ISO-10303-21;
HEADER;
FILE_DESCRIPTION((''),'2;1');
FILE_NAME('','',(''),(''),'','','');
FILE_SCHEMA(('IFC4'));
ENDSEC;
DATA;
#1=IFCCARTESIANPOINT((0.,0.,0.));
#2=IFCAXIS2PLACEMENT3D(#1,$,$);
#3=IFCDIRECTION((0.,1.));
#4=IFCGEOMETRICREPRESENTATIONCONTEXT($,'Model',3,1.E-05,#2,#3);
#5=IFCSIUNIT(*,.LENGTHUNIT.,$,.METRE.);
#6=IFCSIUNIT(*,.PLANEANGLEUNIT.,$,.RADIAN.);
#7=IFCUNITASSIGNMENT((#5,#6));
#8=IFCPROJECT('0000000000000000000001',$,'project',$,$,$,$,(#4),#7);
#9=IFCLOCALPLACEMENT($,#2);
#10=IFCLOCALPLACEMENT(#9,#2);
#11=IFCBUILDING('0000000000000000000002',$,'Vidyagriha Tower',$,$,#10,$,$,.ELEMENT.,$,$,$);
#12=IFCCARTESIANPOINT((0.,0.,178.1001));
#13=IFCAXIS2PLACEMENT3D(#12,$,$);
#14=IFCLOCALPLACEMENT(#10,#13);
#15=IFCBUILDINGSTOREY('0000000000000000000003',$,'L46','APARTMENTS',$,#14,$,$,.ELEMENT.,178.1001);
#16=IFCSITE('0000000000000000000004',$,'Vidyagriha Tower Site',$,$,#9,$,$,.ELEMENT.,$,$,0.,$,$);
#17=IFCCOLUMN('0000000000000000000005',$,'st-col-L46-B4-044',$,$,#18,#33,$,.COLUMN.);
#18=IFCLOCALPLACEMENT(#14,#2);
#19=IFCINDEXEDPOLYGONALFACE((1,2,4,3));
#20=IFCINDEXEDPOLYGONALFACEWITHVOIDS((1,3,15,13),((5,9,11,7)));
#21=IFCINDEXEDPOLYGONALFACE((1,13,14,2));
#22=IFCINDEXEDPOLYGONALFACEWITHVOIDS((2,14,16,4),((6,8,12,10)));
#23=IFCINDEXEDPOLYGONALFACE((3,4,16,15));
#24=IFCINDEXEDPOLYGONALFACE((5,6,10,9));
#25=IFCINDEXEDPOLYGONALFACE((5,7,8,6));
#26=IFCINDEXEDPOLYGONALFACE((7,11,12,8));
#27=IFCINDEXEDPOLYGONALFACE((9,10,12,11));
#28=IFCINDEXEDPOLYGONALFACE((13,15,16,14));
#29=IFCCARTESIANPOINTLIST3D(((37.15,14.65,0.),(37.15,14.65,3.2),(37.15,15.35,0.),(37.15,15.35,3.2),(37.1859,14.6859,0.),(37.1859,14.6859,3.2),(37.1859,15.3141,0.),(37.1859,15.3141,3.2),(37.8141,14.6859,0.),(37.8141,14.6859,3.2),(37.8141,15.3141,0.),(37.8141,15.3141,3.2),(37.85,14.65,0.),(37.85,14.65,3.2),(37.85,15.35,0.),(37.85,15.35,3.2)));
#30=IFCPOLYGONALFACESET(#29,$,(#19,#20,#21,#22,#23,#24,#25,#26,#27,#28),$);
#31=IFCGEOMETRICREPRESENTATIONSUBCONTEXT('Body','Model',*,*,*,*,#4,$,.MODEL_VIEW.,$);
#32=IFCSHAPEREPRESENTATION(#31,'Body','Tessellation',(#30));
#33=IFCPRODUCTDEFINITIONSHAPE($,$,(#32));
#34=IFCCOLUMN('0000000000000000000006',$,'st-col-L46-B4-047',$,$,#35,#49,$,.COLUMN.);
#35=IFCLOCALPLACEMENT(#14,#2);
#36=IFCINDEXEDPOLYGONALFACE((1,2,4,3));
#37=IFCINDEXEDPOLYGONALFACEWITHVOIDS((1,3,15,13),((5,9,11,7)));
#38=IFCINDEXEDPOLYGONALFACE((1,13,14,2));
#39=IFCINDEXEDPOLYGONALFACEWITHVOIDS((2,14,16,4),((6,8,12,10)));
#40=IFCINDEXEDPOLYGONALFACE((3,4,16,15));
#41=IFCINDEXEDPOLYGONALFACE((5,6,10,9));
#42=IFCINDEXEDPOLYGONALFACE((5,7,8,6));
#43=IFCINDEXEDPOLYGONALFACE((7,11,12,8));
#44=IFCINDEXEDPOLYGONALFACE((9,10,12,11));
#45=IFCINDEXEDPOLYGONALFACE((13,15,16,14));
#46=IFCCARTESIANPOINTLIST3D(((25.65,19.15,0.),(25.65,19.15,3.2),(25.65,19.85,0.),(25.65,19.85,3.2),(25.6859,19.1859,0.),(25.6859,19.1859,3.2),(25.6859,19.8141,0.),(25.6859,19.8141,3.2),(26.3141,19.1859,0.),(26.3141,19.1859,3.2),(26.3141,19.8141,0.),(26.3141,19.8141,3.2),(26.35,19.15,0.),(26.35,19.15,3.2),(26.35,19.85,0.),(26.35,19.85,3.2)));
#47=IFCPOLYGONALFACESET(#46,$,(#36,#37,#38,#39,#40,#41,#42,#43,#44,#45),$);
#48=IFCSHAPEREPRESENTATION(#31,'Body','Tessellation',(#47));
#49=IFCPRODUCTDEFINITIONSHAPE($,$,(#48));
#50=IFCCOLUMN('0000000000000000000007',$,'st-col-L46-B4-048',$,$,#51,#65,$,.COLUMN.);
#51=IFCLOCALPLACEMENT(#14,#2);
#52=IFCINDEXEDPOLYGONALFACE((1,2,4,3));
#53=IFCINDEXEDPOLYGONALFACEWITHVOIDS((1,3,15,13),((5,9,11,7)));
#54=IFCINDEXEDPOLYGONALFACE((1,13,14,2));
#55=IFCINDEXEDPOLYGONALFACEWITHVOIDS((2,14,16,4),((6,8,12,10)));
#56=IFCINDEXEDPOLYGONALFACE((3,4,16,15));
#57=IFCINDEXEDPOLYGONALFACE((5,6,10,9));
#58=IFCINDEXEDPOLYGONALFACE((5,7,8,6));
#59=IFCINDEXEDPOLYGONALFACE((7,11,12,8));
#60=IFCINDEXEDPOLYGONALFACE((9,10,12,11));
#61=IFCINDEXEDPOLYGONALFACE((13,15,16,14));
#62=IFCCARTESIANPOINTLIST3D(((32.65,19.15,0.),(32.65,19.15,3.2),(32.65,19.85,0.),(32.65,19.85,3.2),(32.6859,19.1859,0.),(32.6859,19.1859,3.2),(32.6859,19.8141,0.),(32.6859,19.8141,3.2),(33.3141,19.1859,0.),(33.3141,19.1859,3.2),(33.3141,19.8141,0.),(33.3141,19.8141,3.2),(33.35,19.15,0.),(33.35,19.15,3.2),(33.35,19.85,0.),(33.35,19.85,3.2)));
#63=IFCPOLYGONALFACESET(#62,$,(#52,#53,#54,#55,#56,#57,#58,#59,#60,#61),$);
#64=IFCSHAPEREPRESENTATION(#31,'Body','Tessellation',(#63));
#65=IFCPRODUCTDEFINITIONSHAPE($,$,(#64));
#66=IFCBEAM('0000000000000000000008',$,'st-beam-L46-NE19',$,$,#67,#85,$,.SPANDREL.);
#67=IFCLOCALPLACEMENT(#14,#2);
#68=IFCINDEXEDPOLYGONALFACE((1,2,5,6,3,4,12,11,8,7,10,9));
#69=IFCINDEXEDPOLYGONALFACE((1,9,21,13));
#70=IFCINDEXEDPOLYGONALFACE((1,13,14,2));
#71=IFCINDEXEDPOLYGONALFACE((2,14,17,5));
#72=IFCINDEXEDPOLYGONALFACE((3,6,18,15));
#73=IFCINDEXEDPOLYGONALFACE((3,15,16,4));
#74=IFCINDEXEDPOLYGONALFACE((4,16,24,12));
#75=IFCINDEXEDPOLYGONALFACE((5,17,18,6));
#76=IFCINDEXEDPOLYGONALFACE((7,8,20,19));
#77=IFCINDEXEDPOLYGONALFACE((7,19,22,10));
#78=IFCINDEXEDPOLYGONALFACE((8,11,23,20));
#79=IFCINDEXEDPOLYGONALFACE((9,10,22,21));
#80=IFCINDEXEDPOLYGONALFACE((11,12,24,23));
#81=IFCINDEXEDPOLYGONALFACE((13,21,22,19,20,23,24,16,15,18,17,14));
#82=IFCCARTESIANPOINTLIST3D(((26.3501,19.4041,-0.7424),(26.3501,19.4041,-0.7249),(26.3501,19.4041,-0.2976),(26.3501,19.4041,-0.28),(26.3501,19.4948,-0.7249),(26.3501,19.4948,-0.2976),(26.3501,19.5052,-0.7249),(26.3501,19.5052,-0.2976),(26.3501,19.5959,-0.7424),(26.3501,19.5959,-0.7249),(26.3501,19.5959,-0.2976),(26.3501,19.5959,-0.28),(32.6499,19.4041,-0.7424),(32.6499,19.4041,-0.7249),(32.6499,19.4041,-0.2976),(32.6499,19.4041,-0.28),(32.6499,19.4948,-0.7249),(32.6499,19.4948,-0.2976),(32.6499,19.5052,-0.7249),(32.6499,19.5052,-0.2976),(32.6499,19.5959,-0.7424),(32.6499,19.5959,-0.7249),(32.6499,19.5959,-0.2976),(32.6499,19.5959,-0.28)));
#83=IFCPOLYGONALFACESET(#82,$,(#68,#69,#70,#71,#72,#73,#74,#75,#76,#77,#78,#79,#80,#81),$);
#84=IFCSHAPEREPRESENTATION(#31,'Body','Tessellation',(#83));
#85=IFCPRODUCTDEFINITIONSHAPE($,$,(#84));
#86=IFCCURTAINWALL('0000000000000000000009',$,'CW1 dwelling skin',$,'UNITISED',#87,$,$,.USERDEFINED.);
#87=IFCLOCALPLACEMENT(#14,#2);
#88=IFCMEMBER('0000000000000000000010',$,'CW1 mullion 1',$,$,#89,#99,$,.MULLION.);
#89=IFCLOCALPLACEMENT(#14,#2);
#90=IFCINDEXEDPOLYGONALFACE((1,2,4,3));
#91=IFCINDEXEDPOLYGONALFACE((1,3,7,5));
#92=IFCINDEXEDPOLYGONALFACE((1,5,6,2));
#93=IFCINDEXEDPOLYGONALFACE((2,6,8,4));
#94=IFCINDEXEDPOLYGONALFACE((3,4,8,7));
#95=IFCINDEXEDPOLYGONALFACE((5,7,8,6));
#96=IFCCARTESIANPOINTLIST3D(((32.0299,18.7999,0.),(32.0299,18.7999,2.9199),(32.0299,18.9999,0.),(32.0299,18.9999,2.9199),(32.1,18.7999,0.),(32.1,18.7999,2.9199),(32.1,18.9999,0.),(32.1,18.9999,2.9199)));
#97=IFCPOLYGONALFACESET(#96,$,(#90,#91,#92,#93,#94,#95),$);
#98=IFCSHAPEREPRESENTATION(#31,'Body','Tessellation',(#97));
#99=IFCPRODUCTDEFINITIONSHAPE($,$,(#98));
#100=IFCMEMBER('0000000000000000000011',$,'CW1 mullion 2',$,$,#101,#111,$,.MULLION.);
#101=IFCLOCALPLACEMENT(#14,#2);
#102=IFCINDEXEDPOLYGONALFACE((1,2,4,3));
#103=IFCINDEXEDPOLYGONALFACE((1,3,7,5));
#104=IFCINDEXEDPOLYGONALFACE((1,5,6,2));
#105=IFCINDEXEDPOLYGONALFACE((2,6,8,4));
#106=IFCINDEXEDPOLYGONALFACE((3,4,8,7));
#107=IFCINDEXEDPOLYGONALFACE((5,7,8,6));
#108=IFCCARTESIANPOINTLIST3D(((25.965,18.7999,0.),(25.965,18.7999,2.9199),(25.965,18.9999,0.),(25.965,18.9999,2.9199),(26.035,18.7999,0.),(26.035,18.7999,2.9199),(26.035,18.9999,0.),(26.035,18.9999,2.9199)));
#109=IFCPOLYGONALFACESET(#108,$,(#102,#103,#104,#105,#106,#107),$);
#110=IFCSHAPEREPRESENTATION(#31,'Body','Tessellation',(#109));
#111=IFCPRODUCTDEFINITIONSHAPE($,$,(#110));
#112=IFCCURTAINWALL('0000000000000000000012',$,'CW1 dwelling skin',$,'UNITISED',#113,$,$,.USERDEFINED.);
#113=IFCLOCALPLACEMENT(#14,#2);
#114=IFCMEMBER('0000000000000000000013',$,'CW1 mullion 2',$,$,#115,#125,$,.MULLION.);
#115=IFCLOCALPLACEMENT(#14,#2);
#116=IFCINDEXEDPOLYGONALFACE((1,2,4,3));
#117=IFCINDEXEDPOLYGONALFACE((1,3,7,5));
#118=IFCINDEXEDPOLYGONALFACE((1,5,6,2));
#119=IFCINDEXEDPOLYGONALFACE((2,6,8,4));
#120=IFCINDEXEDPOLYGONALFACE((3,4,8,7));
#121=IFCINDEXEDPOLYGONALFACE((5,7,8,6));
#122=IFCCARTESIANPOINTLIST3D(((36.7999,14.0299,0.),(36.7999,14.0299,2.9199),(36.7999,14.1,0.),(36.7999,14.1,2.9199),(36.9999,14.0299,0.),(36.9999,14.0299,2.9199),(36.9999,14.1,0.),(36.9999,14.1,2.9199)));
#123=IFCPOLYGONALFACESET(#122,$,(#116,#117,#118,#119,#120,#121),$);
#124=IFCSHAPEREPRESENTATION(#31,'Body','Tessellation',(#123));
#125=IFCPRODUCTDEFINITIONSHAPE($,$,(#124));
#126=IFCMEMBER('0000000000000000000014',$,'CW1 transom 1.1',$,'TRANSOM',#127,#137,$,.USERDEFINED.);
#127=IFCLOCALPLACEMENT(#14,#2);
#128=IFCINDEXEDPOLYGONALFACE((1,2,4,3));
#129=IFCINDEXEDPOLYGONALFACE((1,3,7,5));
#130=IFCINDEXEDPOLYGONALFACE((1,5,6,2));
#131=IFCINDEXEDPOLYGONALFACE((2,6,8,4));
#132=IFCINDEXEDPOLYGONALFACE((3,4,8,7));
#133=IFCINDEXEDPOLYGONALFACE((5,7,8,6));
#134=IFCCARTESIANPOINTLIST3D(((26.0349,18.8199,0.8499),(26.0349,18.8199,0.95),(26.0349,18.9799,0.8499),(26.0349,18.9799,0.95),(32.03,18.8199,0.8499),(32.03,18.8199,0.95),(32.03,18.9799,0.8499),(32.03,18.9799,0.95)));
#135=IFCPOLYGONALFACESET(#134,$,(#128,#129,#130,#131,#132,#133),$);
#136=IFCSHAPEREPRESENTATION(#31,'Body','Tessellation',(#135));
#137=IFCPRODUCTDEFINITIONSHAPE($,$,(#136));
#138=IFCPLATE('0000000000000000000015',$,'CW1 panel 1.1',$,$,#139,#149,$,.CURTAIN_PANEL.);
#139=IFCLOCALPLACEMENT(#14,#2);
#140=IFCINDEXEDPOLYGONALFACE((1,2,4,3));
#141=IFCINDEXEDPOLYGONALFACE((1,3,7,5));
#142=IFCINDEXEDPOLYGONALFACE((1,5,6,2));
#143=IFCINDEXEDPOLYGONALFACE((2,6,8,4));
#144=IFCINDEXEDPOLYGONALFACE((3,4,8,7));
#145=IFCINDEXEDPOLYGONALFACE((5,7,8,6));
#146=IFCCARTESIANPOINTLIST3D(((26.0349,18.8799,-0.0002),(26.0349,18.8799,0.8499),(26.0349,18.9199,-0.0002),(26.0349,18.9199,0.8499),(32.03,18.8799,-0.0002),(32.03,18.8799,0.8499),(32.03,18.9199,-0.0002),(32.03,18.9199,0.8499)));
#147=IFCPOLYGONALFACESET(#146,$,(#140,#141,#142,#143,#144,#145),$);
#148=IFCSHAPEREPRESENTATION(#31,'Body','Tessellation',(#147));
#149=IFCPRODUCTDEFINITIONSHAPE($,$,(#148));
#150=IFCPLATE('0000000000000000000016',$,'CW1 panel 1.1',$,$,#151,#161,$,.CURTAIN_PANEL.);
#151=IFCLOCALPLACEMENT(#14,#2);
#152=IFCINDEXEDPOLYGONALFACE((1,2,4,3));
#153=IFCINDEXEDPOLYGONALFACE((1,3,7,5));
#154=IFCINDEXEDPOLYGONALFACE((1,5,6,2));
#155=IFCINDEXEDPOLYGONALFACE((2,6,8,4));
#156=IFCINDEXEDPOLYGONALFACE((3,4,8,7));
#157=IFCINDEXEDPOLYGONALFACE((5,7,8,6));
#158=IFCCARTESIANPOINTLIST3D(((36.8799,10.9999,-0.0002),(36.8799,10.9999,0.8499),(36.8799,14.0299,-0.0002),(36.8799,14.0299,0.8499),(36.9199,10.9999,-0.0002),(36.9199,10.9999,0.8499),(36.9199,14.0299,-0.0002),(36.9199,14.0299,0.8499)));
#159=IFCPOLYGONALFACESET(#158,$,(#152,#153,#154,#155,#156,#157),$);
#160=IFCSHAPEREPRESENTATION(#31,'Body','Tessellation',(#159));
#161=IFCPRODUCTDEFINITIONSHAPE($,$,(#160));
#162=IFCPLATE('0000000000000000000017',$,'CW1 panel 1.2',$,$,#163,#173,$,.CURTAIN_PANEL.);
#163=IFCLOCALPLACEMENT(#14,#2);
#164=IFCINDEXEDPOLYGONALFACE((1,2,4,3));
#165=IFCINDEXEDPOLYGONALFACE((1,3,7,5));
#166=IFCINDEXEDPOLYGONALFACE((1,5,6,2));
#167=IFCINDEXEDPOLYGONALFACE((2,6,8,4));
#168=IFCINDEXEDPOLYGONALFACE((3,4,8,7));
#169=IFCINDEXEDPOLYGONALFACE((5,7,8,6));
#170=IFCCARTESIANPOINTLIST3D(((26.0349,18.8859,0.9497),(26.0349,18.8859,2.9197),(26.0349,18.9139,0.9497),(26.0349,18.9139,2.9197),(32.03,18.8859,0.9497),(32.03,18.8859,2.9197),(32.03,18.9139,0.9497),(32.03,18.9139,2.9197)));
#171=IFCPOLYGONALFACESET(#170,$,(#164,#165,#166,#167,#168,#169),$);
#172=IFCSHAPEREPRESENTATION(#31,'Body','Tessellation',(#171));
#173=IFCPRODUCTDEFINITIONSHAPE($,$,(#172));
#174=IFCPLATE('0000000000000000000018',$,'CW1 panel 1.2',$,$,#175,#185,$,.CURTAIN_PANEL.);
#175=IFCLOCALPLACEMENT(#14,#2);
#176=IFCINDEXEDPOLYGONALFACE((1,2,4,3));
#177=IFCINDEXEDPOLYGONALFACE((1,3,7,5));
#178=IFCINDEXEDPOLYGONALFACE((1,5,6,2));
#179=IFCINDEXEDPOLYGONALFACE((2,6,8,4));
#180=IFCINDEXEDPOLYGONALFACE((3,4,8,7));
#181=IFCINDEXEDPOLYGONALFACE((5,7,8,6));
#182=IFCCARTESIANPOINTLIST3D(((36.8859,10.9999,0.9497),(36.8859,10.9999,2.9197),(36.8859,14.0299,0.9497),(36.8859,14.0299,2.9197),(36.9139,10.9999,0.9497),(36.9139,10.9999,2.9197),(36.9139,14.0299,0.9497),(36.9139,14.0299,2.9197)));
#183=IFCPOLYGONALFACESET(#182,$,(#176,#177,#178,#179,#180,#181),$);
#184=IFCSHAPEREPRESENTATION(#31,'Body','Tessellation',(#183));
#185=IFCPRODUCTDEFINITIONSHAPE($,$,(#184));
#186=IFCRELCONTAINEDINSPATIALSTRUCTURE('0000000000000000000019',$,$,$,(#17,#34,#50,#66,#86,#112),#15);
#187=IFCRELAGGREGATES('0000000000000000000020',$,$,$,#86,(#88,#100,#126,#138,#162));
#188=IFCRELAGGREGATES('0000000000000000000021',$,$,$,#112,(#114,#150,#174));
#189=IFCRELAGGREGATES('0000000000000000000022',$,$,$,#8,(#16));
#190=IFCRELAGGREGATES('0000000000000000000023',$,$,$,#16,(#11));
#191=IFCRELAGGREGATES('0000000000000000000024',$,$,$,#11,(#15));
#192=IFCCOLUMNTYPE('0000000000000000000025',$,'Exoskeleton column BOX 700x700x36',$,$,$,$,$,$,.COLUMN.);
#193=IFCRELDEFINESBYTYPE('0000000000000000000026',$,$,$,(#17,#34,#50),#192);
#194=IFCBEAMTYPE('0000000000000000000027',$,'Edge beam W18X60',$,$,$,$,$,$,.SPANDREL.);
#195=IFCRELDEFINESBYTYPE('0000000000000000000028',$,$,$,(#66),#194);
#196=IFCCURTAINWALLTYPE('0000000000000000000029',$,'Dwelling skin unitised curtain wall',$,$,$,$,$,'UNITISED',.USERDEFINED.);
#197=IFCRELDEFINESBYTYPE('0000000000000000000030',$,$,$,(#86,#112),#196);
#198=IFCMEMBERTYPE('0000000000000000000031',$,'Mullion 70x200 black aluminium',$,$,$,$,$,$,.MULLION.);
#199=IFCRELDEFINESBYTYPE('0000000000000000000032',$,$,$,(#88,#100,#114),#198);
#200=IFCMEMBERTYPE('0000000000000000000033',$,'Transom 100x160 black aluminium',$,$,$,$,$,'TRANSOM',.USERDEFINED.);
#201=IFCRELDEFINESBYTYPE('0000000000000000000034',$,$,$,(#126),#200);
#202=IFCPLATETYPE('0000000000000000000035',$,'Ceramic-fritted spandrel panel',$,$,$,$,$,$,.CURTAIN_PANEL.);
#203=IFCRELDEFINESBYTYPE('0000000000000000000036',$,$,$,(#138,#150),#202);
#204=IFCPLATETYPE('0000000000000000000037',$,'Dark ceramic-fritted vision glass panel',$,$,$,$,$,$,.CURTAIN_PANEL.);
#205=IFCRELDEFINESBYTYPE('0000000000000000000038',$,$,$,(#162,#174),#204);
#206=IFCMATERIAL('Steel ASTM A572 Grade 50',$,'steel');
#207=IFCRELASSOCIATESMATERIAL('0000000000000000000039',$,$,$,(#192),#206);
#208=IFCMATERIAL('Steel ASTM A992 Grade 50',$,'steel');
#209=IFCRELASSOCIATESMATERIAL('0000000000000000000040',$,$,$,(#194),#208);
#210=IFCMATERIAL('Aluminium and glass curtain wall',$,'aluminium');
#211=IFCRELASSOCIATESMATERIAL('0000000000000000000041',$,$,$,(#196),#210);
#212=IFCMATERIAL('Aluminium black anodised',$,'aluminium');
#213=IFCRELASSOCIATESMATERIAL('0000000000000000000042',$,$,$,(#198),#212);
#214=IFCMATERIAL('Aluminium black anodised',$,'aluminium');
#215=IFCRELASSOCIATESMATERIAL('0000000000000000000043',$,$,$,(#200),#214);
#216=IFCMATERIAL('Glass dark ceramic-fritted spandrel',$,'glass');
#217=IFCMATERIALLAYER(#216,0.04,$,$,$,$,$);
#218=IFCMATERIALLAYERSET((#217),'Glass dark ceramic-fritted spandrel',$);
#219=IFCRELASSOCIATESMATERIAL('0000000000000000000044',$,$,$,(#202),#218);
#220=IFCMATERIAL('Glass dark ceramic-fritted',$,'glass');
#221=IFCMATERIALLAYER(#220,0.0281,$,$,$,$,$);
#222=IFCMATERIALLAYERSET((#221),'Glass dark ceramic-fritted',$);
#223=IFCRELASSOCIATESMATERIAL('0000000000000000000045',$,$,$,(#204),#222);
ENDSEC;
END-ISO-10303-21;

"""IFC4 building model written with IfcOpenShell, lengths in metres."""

from ifc_helpers import new_model, si_unit, direction, frame, origin, origin_2d, place, context, subcontext, project, spatial, rectangle, hollow_rectangle, i_section, extrude, material, layer, layer_set, material_profile, profile_set, type_object, element, aggregate, save


model = new_model("IFC4")

# Units and contexts
model_context = context("Model", 3, precision=1e-05, world=origin(), true_north=direction((0.0, 1.0)))
body_context = subcontext(model_context, "Body", "Model", "MODEL_VIEW")
ifc_project = project(units=[si_unit("LENGTHUNIT", "METRE"), si_unit("PLANEANGLEUNIT", "RADIAN")], contexts=[model_context])

# Site, building, storey
site_placement = place(None, origin())
site = spatial("IfcSite", under=ifc_project, at=site_placement, Name="Vidyagriha Tower Site", CompositionType="ELEMENT", RefElevation=0.0)
building_placement = place(site_placement, origin())
building = spatial("IfcBuilding", under=site, at=building_placement, Name="Vidyagriha Tower", CompositionType="ELEMENT")
storey_placement = place(building_placement, frame((0.0, 0.0, 178.1001)))
storey = spatial("IfcBuildingStorey", under=building, at=storey_placement, Name="L46", Description="APARTMENTS", CompositionType="ELEMENT", Elevation=178.1001)

# Columns
ifc_material_1 = material(Name="Steel ASTM A572 Grade 50", Category="steel")
ifc_material_profile_1 = material_profile(ifc_material_1, hollow_rectangle(XDim=0.7, YDim=0.7, WallThickness=0.0359, at=origin_2d()), Name="BOX 700x700x36")
ifc_profile_set_1 = profile_set([ifc_material_profile_1], Name="Steel ASTM A572 Grade 50")
column_type = type_object("IfcColumnType", Name="Exoskeleton column BOX 700x700x36", PredefinedType="COLUMN", material=ifc_profile_set_1)
for number, where, name in (
    (1, (37.5, 15.0, 0.0), "st-col-L46-B4-044"),
    (2, (26.0, 19.5, 0.0), "st-col-L46-B4-047"),
    (3, (33.0, 19.5, 0.0), "st-col-L46-B4-048"),
):
    element("IfcColumn", number, at=place(storey_placement, frame(where)), inside=storey, type_object=column_type, Name=name, PredefinedType="COLUMN", context=body_context, shape_type="SweptSolid", body=[
        extrude(hollow_rectangle(XDim=0.7, YDim=0.7, WallThickness=0.0359, at=origin_2d()), origin(), (0.0, 0.0, 1.0), 3.2),
    ])

# Beam
ifc_material_2 = material(Name="Steel ASTM A992 Grade 50", Category="steel")
ifc_material_profile_2 = material_profile(ifc_material_2, i_section(OverallWidth=0.1919, OverallDepth=0.4624, WebThickness=0.0105, FlangeThickness=0.0176, at=origin_2d()), Name="W18X60")
ifc_profile_set_2 = profile_set([ifc_material_profile_2], Name="Steel ASTM A992 Grade 50")
beam_type = type_object("IfcBeamType", Name="Edge beam W18X60", PredefinedType="SPANDREL", material=ifc_profile_set_2)
beam_placement = place(storey_placement, frame((26.3501, 19.5, -0.5112), z_axis=(1.0, 0.0, 0.0), x_axis=(0.0, 1.0, 0.0)))
element("IfcBeam", 4, at=beam_placement, inside=storey, type_object=beam_type, Name="st-beam-L46-NE19", PredefinedType="SPANDREL", context=body_context, shape_type="SweptSolid", body=[
    extrude(i_section(OverallWidth=0.1919, OverallDepth=0.4624, WebThickness=0.0105, FlangeThickness=0.0176, at=origin_2d()), origin(), (0.0, 0.0, 1.0), 6.2998),
])

# Curtain wall, members
ifc_material_3 = material(Name="Aluminium and glass curtain wall", Category="aluminium")
curtain_wall_type = type_object("IfcCurtainWallType", Name="Dwelling skin unitised curtain wall", ElementType="UNITISED", PredefinedType="USERDEFINED", material=ifc_material_3)
curtain_wall_1_placement = place(storey_placement, origin())
curtain_wall_1 = element("IfcCurtainWall", 5, at=curtain_wall_1_placement, inside=storey, type_object=curtain_wall_type, Name="CW1 dwelling skin", ObjectType="UNITISED", PredefinedType="USERDEFINED")
ifc_material_4 = material(Name="Aluminium black anodised", Category="aluminium")
ifc_material_profile_3 = material_profile(ifc_material_4, rectangle(XDim=0.2, YDim=0.0701, at=origin_2d()), Name="Mullion 70x200 black aluminium")
ifc_profile_set_3 = profile_set([ifc_material_profile_3], Name="Aluminium black anodised")
member_type_1 = type_object("IfcMemberType", Name="Mullion 70x200 black aluminium", PredefinedType="MULLION", material=ifc_profile_set_3)
member_1_placement = place(storey_placement, frame((32.0649, 18.8999, 0.0), z_axis=(0.0, 0.0, 1.0), x_axis=(0.0, -1.0, 0.0)))
member_1 = element("IfcMember", 6, at=member_1_placement, type_object=member_type_1, Name="CW1 mullion 1", PredefinedType="MULLION", context=body_context, shape_type="SweptSolid", body=[
    extrude(rectangle(XDim=0.2, YDim=0.0701, at=origin_2d()), origin(), (0.0, 0.0, 1.0), 2.9199),
])
member_2_placement = place(storey_placement, frame((26.0, 18.8999, 0.0), z_axis=(0.0, 0.0, 1.0), x_axis=(0.0, -1.0, 0.0)))
member_2 = element("IfcMember", 7, at=member_2_placement, type_object=member_type_1, Name="CW1 mullion 2", PredefinedType="MULLION", context=body_context, shape_type="SweptSolid", body=[
    extrude(rectangle(XDim=0.2, YDim=0.0701, at=origin_2d()), origin(), (0.0, 0.0, 1.0), 2.9199),
])

# Curtain wall, member
curtain_wall_2_placement = place(storey_placement, origin())
curtain_wall_2 = element("IfcCurtainWall", 8, at=curtain_wall_2_placement, inside=storey, type_object=curtain_wall_type, Name="CW1 dwelling skin", ObjectType="UNITISED", PredefinedType="USERDEFINED")
member_3_placement = place(storey_placement, frame((36.8999, 14.0649, 0.0), z_axis=(0.0, 0.0, 1.0), x_axis=(-1.0, 0.0, 0.0)))
member_3 = element("IfcMember", 9, at=member_3_placement, type_object=member_type_1, Name="CW1 mullion 2", PredefinedType="MULLION", context=body_context, shape_type="SweptSolid", body=[
    extrude(rectangle(XDim=0.2, YDim=0.0701, at=origin_2d()), origin(), (0.0, 0.0, 1.0), 2.9199),
])

# Member
ifc_material_5 = material(Name="Aluminium black anodised", Category="aluminium")
ifc_material_profile_4 = material_profile(ifc_material_5, rectangle(XDim=0.1599, YDim=0.1001, at=origin_2d()), Name="Transom 100x160 black aluminium")
ifc_profile_set_4 = profile_set([ifc_material_profile_4], Name="Aluminium black anodised")
member_type_2 = type_object("IfcMemberType", Name="Transom 100x160 black aluminium", ElementType="TRANSOM", PredefinedType="USERDEFINED", material=ifc_profile_set_4)
member_4_placement = place(storey_placement, frame((32.03, 18.8999, 0.8999), z_axis=(-1.0, 0.0, 0.0), x_axis=(0.0, -1.0, 0.0)))
member_4 = element("IfcMember", 10, at=member_4_placement, type_object=member_type_2, Name="CW1 transom 1.1", ObjectType="TRANSOM", PredefinedType="USERDEFINED", context=body_context, shape_type="SweptSolid", body=[
    extrude(rectangle(XDim=0.1599, YDim=0.1001, at=origin_2d()), origin(), (0.0, 0.0, 1.0), 5.9951),
])

# Plates
ifc_material_6 = material(Name="Glass dark ceramic-fritted spandrel", Category="glass")
ifc_layer_1 = layer(ifc_material_6, 0.04)
ifc_layer_set_1 = layer_set([ifc_layer_1], Name="Glass dark ceramic-fritted spandrel")
plate_type_1 = type_object("IfcPlateType", Name="Ceramic-fritted spandrel panel", PredefinedType="CURTAIN_PANEL", material=ifc_layer_set_1)
plate_1_placement = place(storey_placement, frame((29.0325, 18.8999, -0.0002), z_axis=(0.0, 0.0, 1.0), x_axis=(-1.0, 0.0, 0.0)))
plate_1 = element("IfcPlate", 11, at=plate_1_placement, type_object=plate_type_1, Name="CW1 panel 1.1", PredefinedType="CURTAIN_PANEL", context=body_context, shape_type="SweptSolid", body=[
    extrude(rectangle(XDim=5.9951, YDim=0.04, at=origin_2d()), origin(), (0.0, 0.0, 1.0), 0.8501),
])
plate_2_placement = place(storey_placement, frame((36.8999, 12.5149, -0.0002), z_axis=(0.0, 0.0, 1.0), x_axis=(0.0, 1.0, 0.0)))
plate_2 = element("IfcPlate", 12, at=plate_2_placement, type_object=plate_type_1, Name="CW1 panel 1.1", PredefinedType="CURTAIN_PANEL", context=body_context, shape_type="SweptSolid", body=[
    extrude(rectangle(XDim=3.03, YDim=0.04, at=origin_2d()), origin(), (0.0, 0.0, 1.0), 0.8501),
])
ifc_material_7 = material(Name="Glass dark ceramic-fritted", Category="glass")
ifc_layer_2 = layer(ifc_material_7, 0.0281)
ifc_layer_set_2 = layer_set([ifc_layer_2], Name="Glass dark ceramic-fritted")
plate_type_2 = type_object("IfcPlateType", Name="Dark ceramic-fritted vision glass panel", PredefinedType="CURTAIN_PANEL", material=ifc_layer_set_2)
plate_3_placement = place(storey_placement, frame((29.0325, 18.8999, 0.9497), z_axis=(0.0, 0.0, 1.0), x_axis=(-1.0, 0.0, 0.0)))
plate_3 = element("IfcPlate", 13, at=plate_3_placement, type_object=plate_type_2, Name="CW1 panel 1.2", PredefinedType="CURTAIN_PANEL", context=body_context, shape_type="SweptSolid", body=[
    extrude(rectangle(XDim=5.9951, YDim=0.0281, at=origin_2d()), origin(), (0.0, 0.0, 1.0), 1.97),
])
aggregate(curtain_wall_1, [member_1, member_2, member_4, plate_1, plate_3])
plate_4_placement = place(storey_placement, frame((36.8999, 12.5149, 0.9497), z_axis=(0.0, 0.0, 1.0), x_axis=(0.0, 1.0, 0.0)))
plate_4 = element("IfcPlate", 14, at=plate_4_placement, type_object=plate_type_2, Name="CW1 panel 1.2", PredefinedType="CURTAIN_PANEL", context=body_context, shape_type="SweptSolid", body=[
    extrude(rectangle(XDim=3.03, YDim=0.0281, at=origin_2d()), origin(), (0.0, 0.0, 1.0), 1.97),
])
aggregate(curtain_wall_2, [member_3, plate_2, plate_4])

save(model, "model.ifc")
